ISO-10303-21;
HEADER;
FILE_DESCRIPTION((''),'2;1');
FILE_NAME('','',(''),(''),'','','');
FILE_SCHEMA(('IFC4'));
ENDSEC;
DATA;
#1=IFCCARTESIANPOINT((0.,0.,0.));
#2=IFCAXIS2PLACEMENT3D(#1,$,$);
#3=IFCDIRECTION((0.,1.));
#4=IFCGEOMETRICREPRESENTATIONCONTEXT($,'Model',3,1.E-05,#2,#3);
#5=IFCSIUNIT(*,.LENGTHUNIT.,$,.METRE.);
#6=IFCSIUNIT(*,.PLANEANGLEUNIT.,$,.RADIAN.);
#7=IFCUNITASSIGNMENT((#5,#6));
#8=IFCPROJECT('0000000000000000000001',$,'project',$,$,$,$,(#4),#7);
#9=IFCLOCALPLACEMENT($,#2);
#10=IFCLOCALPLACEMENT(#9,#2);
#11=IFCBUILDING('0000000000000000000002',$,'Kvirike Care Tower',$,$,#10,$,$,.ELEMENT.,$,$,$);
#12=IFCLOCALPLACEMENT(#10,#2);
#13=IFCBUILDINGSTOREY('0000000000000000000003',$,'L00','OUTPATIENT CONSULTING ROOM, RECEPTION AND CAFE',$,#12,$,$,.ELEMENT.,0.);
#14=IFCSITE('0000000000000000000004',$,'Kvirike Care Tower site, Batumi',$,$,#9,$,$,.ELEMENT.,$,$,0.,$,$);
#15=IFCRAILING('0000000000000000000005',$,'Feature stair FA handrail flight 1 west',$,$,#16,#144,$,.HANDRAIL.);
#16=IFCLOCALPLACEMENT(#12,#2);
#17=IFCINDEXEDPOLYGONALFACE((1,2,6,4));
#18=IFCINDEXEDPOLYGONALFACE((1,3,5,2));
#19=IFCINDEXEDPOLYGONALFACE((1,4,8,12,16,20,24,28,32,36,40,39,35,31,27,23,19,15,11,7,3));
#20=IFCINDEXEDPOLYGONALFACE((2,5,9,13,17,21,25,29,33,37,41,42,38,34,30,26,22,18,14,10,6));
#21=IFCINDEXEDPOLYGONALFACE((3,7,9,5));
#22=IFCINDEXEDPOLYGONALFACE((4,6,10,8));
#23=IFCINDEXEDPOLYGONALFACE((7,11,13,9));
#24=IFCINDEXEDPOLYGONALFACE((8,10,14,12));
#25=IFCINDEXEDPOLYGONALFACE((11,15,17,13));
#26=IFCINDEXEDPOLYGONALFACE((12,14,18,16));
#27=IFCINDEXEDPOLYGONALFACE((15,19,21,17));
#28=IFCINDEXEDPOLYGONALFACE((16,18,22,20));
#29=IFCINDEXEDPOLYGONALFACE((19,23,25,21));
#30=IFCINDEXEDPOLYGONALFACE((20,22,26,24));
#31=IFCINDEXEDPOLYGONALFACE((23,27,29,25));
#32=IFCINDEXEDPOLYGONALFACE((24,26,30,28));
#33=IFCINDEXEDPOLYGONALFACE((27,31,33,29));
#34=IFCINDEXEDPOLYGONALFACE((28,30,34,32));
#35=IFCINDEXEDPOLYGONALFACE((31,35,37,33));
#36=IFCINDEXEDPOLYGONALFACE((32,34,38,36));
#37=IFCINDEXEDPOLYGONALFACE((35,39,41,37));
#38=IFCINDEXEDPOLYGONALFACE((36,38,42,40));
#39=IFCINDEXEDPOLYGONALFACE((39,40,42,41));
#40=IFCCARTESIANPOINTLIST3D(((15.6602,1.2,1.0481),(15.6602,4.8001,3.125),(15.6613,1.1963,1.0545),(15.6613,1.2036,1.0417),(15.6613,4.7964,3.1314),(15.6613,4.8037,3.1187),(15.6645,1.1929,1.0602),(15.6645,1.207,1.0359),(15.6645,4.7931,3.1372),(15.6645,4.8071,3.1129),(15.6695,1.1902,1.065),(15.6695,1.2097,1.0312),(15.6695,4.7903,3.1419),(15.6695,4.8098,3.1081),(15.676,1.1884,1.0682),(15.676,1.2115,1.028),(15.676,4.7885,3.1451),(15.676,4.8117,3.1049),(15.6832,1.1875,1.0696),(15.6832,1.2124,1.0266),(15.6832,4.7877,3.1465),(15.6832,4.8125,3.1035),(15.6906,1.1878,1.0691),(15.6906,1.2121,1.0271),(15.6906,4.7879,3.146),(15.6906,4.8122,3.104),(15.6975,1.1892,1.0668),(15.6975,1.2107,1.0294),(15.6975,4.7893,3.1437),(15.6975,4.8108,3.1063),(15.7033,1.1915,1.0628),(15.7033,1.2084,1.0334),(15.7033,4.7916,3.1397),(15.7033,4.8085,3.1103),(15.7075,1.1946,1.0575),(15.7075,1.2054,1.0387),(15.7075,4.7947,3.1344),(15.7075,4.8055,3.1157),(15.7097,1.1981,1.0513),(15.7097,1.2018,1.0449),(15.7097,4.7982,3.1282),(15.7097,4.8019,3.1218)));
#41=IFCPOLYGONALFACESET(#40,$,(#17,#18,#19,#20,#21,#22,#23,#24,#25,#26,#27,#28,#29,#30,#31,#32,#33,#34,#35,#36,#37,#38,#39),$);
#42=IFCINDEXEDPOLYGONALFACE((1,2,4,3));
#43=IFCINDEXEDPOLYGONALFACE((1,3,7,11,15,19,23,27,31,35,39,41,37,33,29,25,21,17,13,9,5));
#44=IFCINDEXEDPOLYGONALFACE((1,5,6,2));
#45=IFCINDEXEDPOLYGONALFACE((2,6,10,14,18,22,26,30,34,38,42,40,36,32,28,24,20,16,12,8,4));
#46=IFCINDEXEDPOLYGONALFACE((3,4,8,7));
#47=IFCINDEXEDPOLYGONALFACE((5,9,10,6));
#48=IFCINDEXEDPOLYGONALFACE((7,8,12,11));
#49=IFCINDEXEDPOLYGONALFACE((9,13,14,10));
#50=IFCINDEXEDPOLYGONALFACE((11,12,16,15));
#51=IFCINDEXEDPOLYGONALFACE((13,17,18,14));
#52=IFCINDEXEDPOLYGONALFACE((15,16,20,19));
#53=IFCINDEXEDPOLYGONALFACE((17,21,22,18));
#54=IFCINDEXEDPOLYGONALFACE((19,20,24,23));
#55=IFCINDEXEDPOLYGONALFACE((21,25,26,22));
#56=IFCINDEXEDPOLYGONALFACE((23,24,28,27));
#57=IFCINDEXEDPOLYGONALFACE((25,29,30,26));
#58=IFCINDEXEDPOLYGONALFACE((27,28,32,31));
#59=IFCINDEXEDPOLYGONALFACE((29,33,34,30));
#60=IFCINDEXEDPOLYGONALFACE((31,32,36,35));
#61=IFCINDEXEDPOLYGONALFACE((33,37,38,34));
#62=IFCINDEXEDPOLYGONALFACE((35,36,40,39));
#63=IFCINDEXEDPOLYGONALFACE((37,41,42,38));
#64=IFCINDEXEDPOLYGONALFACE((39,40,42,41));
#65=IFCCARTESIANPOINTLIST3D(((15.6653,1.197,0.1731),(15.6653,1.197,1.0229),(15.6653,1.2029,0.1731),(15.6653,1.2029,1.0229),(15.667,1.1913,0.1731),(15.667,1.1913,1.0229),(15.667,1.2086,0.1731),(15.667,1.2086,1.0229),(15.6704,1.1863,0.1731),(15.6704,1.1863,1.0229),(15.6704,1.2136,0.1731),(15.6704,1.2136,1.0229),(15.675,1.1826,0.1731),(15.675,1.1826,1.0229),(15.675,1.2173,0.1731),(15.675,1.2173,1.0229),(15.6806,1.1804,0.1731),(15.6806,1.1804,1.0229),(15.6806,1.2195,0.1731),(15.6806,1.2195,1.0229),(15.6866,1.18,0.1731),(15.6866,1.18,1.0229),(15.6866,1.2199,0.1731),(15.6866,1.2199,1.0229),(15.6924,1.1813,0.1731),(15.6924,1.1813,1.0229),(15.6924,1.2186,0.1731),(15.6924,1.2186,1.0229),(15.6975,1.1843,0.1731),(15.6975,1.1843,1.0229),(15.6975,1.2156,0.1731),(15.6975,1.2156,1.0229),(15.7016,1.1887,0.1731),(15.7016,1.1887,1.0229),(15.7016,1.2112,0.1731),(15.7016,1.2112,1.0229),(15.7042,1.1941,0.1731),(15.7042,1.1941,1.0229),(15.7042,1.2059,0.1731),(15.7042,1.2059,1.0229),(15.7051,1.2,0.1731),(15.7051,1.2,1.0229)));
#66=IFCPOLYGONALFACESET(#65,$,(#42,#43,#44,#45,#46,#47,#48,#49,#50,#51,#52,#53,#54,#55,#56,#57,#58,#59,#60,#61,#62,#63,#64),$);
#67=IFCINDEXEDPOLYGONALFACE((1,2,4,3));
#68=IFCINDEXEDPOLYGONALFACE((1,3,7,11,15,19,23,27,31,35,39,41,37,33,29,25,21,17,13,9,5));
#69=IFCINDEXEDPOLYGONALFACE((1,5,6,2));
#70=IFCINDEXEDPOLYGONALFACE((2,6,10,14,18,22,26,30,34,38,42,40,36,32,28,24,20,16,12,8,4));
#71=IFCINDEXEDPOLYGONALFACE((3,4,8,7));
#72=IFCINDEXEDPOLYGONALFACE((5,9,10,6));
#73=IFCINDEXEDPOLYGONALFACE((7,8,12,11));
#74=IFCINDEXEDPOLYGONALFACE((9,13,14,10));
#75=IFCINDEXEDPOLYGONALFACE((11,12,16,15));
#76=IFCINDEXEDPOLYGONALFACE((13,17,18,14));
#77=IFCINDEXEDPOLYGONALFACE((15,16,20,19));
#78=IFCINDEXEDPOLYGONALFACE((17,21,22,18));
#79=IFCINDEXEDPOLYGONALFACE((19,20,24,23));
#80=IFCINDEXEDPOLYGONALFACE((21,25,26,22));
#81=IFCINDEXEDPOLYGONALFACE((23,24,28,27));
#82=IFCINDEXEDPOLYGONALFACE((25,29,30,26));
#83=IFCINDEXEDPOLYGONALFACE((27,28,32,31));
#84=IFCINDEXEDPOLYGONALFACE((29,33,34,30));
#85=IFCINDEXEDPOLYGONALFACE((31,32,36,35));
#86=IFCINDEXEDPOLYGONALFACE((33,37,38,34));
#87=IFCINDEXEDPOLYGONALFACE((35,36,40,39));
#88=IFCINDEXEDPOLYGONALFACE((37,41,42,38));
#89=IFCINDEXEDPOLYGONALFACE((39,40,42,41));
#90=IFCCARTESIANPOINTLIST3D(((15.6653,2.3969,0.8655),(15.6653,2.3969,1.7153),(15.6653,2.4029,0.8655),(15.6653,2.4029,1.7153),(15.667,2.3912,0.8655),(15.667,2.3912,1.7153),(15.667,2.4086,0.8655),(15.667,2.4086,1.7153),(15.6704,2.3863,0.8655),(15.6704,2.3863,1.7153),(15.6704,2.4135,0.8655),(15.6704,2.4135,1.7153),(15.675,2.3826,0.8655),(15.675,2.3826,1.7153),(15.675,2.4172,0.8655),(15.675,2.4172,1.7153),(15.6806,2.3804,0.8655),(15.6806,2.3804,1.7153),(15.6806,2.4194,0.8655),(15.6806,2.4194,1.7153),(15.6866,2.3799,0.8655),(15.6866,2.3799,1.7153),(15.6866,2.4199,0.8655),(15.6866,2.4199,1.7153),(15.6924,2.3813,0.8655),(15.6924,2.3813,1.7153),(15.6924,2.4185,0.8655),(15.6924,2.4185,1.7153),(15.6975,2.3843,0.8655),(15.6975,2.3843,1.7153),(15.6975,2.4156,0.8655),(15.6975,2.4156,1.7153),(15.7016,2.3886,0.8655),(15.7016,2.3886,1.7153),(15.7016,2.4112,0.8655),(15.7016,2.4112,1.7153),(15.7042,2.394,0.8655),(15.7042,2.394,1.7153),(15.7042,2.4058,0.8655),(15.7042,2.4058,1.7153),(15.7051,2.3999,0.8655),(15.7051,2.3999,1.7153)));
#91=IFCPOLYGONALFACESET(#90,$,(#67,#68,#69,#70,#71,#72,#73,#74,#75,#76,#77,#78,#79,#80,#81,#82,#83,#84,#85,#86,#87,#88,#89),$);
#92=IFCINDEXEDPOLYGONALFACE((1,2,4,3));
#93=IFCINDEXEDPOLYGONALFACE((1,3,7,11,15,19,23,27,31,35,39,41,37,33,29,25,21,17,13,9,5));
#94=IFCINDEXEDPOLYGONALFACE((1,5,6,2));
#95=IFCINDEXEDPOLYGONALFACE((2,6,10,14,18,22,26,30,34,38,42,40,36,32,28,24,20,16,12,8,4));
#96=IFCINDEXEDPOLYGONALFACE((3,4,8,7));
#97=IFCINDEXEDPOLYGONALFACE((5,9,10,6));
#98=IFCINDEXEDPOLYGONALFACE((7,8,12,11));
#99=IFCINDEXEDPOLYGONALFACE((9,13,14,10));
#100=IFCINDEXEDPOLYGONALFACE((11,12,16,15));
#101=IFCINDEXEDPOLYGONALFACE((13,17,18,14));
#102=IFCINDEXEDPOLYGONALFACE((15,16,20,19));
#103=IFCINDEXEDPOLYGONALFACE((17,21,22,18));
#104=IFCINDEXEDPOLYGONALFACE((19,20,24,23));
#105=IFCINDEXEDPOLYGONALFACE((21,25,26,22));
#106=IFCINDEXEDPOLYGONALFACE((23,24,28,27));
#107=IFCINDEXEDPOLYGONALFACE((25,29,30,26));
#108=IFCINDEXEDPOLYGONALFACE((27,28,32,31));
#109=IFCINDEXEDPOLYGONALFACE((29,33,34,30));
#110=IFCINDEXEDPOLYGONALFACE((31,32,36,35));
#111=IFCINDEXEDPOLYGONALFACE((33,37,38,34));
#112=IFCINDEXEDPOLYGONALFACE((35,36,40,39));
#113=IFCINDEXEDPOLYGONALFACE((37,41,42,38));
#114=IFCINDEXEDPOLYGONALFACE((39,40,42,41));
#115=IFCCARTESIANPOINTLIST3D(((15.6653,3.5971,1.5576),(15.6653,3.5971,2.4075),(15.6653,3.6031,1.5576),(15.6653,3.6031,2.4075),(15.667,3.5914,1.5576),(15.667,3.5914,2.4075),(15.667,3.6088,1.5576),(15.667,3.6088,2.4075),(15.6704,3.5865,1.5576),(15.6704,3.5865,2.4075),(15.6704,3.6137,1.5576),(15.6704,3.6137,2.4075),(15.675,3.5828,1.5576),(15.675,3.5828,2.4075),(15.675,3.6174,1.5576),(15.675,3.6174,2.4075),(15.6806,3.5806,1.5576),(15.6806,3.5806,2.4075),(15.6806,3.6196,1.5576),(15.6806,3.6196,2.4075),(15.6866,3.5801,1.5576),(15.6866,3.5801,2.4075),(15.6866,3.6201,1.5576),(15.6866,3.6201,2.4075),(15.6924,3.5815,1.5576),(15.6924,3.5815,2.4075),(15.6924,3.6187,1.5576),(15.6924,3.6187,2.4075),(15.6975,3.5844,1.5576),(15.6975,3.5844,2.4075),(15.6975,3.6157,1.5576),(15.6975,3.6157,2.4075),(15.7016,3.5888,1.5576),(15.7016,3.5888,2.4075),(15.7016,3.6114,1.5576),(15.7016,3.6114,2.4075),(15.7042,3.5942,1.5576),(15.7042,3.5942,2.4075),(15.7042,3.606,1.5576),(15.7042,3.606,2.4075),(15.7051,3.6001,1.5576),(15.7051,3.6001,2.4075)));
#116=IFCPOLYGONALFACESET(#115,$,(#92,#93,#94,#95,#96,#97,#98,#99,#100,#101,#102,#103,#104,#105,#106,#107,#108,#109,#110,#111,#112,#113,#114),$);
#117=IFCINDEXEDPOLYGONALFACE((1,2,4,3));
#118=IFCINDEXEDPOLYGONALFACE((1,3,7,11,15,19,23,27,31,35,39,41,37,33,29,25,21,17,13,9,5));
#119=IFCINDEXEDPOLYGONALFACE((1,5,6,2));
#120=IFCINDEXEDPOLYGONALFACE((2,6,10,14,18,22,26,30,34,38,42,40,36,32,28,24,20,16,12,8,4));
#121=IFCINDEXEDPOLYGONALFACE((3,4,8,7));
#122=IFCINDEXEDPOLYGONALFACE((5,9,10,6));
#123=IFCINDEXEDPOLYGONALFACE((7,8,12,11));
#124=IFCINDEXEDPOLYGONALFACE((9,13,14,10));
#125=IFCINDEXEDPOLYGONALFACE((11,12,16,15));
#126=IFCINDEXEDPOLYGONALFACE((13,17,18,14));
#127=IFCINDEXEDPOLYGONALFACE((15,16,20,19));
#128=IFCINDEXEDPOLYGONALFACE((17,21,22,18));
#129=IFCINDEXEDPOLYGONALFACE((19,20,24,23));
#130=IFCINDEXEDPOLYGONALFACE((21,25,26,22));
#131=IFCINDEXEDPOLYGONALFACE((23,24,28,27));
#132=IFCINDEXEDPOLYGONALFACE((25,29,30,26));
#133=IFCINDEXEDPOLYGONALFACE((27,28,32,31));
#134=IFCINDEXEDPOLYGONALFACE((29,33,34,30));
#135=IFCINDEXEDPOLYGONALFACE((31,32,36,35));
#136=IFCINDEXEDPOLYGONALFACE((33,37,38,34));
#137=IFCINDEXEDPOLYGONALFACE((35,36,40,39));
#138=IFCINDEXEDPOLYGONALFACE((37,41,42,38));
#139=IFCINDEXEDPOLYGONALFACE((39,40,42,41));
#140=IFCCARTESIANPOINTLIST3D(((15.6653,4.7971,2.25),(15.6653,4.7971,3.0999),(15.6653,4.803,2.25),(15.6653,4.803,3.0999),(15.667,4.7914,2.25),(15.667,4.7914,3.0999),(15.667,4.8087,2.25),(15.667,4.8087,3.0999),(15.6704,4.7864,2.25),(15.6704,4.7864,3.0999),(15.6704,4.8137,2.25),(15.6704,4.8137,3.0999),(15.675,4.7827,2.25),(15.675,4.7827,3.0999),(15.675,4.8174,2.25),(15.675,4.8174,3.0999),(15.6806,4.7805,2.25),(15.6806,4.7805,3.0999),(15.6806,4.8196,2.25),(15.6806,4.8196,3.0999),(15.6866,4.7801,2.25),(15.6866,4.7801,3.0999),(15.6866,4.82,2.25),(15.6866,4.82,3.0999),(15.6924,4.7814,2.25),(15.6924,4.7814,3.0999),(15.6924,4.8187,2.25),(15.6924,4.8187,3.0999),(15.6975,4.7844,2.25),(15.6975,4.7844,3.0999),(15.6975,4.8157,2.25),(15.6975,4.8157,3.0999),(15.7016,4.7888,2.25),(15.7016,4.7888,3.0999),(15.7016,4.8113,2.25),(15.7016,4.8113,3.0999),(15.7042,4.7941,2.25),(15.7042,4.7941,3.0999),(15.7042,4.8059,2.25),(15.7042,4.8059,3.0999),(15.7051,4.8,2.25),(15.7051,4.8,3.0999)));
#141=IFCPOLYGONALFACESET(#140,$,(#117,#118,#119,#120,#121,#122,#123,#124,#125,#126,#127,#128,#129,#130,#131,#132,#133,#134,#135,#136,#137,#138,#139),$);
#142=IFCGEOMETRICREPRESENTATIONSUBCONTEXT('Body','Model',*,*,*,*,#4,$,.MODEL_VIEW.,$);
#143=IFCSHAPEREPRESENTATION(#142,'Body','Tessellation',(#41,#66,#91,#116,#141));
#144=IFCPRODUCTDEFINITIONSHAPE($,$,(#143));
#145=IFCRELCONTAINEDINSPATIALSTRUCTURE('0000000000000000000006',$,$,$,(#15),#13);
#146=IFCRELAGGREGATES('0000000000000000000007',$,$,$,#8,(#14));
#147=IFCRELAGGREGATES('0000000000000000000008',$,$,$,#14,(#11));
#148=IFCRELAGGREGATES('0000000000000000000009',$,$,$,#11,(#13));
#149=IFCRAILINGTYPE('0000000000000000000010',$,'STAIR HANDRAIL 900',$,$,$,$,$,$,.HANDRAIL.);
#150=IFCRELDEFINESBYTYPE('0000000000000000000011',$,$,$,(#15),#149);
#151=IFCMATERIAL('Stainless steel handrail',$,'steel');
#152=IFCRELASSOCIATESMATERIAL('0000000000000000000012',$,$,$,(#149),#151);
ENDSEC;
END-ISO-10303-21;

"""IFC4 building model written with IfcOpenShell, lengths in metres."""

from ifc_helpers import new_model, si_unit, direction, frame, origin, origin_2d, place, context, subcontext, project, spatial, circle, extrude, material, type_object, element, save


model = new_model("IFC4")

# Units and contexts
model_context = context("Model", 3, precision=1e-05, world=origin(), true_north=direction((0.0, 1.0)))
body_context = subcontext(model_context, "Body", "Model", "MODEL_VIEW")
ifc_project = project(units=[si_unit("LENGTHUNIT", "METRE"), si_unit("PLANEANGLEUNIT", "RADIAN")], contexts=[model_context])

# Site, building, storey
site_placement = place(None, origin())
site = spatial("IfcSite", under=ifc_project, at=site_placement, Name="Kvirike Care Tower site, Batumi", CompositionType="ELEMENT", RefElevation=0.0)
building_placement = place(site_placement, origin())
building = spatial("IfcBuilding", under=site, at=building_placement, Name="Kvirike Care Tower", CompositionType="ELEMENT")
storey_placement = place(building_placement, origin())
storey = spatial("IfcBuildingStorey", under=building, at=storey_placement, Name="L00", Description="OUTPATIENT CONSULTING ROOM, RECEPTION AND CAFE", CompositionType="ELEMENT", Elevation=0.0)

# Railing
ifc_material_1 = material(Name="Stainless steel handrail", Category="steel")
railing_type_1 = type_object("IfcRailingType", Name="STAIR HANDRAIL 900", PredefinedType="HANDRAIL", material=ifc_material_1)
railing_1_placement = place(storey_placement, frame((15.6851, 1.2, 0.1731)))
element("IfcRailing", 1, at=railing_1_placement, inside=storey, type_object=railing_type_1, Name="Feature stair FA handrail flight 1 west", PredefinedType="HANDRAIL", context=body_context, shape_type="SweptSolid", body=[
    extrude(circle(Radius=0.0249, at=origin_2d()), frame((0.0, 0.0, 0.875), z_axis=(0.0, 0.866193, 0.499709), x_axis=(-1.0, 0.0, 0.0)), (0.0, 0.0, 1.0), 4.1562),
    extrude(circle(Radius=0.02, at=origin_2d()), origin(), (0.0, 0.0, 1.0), 0.8499),
    extrude(circle(Radius=0.02, at=origin_2d()), frame((0.0, 1.2, 0.6924)), (0.0, 0.0, 1.0), 0.8499),
    extrude(circle(Radius=0.02, at=origin_2d()), frame((0.0, 2.4001, 1.3845)), (0.0, 0.0, 1.0), 0.8499),
    extrude(circle(Radius=0.02, at=origin_2d()), frame((0.0, 3.6001, 2.0769)), (0.0, 0.0, 1.0), 0.8499),
])

save(model, "model.ifc")
